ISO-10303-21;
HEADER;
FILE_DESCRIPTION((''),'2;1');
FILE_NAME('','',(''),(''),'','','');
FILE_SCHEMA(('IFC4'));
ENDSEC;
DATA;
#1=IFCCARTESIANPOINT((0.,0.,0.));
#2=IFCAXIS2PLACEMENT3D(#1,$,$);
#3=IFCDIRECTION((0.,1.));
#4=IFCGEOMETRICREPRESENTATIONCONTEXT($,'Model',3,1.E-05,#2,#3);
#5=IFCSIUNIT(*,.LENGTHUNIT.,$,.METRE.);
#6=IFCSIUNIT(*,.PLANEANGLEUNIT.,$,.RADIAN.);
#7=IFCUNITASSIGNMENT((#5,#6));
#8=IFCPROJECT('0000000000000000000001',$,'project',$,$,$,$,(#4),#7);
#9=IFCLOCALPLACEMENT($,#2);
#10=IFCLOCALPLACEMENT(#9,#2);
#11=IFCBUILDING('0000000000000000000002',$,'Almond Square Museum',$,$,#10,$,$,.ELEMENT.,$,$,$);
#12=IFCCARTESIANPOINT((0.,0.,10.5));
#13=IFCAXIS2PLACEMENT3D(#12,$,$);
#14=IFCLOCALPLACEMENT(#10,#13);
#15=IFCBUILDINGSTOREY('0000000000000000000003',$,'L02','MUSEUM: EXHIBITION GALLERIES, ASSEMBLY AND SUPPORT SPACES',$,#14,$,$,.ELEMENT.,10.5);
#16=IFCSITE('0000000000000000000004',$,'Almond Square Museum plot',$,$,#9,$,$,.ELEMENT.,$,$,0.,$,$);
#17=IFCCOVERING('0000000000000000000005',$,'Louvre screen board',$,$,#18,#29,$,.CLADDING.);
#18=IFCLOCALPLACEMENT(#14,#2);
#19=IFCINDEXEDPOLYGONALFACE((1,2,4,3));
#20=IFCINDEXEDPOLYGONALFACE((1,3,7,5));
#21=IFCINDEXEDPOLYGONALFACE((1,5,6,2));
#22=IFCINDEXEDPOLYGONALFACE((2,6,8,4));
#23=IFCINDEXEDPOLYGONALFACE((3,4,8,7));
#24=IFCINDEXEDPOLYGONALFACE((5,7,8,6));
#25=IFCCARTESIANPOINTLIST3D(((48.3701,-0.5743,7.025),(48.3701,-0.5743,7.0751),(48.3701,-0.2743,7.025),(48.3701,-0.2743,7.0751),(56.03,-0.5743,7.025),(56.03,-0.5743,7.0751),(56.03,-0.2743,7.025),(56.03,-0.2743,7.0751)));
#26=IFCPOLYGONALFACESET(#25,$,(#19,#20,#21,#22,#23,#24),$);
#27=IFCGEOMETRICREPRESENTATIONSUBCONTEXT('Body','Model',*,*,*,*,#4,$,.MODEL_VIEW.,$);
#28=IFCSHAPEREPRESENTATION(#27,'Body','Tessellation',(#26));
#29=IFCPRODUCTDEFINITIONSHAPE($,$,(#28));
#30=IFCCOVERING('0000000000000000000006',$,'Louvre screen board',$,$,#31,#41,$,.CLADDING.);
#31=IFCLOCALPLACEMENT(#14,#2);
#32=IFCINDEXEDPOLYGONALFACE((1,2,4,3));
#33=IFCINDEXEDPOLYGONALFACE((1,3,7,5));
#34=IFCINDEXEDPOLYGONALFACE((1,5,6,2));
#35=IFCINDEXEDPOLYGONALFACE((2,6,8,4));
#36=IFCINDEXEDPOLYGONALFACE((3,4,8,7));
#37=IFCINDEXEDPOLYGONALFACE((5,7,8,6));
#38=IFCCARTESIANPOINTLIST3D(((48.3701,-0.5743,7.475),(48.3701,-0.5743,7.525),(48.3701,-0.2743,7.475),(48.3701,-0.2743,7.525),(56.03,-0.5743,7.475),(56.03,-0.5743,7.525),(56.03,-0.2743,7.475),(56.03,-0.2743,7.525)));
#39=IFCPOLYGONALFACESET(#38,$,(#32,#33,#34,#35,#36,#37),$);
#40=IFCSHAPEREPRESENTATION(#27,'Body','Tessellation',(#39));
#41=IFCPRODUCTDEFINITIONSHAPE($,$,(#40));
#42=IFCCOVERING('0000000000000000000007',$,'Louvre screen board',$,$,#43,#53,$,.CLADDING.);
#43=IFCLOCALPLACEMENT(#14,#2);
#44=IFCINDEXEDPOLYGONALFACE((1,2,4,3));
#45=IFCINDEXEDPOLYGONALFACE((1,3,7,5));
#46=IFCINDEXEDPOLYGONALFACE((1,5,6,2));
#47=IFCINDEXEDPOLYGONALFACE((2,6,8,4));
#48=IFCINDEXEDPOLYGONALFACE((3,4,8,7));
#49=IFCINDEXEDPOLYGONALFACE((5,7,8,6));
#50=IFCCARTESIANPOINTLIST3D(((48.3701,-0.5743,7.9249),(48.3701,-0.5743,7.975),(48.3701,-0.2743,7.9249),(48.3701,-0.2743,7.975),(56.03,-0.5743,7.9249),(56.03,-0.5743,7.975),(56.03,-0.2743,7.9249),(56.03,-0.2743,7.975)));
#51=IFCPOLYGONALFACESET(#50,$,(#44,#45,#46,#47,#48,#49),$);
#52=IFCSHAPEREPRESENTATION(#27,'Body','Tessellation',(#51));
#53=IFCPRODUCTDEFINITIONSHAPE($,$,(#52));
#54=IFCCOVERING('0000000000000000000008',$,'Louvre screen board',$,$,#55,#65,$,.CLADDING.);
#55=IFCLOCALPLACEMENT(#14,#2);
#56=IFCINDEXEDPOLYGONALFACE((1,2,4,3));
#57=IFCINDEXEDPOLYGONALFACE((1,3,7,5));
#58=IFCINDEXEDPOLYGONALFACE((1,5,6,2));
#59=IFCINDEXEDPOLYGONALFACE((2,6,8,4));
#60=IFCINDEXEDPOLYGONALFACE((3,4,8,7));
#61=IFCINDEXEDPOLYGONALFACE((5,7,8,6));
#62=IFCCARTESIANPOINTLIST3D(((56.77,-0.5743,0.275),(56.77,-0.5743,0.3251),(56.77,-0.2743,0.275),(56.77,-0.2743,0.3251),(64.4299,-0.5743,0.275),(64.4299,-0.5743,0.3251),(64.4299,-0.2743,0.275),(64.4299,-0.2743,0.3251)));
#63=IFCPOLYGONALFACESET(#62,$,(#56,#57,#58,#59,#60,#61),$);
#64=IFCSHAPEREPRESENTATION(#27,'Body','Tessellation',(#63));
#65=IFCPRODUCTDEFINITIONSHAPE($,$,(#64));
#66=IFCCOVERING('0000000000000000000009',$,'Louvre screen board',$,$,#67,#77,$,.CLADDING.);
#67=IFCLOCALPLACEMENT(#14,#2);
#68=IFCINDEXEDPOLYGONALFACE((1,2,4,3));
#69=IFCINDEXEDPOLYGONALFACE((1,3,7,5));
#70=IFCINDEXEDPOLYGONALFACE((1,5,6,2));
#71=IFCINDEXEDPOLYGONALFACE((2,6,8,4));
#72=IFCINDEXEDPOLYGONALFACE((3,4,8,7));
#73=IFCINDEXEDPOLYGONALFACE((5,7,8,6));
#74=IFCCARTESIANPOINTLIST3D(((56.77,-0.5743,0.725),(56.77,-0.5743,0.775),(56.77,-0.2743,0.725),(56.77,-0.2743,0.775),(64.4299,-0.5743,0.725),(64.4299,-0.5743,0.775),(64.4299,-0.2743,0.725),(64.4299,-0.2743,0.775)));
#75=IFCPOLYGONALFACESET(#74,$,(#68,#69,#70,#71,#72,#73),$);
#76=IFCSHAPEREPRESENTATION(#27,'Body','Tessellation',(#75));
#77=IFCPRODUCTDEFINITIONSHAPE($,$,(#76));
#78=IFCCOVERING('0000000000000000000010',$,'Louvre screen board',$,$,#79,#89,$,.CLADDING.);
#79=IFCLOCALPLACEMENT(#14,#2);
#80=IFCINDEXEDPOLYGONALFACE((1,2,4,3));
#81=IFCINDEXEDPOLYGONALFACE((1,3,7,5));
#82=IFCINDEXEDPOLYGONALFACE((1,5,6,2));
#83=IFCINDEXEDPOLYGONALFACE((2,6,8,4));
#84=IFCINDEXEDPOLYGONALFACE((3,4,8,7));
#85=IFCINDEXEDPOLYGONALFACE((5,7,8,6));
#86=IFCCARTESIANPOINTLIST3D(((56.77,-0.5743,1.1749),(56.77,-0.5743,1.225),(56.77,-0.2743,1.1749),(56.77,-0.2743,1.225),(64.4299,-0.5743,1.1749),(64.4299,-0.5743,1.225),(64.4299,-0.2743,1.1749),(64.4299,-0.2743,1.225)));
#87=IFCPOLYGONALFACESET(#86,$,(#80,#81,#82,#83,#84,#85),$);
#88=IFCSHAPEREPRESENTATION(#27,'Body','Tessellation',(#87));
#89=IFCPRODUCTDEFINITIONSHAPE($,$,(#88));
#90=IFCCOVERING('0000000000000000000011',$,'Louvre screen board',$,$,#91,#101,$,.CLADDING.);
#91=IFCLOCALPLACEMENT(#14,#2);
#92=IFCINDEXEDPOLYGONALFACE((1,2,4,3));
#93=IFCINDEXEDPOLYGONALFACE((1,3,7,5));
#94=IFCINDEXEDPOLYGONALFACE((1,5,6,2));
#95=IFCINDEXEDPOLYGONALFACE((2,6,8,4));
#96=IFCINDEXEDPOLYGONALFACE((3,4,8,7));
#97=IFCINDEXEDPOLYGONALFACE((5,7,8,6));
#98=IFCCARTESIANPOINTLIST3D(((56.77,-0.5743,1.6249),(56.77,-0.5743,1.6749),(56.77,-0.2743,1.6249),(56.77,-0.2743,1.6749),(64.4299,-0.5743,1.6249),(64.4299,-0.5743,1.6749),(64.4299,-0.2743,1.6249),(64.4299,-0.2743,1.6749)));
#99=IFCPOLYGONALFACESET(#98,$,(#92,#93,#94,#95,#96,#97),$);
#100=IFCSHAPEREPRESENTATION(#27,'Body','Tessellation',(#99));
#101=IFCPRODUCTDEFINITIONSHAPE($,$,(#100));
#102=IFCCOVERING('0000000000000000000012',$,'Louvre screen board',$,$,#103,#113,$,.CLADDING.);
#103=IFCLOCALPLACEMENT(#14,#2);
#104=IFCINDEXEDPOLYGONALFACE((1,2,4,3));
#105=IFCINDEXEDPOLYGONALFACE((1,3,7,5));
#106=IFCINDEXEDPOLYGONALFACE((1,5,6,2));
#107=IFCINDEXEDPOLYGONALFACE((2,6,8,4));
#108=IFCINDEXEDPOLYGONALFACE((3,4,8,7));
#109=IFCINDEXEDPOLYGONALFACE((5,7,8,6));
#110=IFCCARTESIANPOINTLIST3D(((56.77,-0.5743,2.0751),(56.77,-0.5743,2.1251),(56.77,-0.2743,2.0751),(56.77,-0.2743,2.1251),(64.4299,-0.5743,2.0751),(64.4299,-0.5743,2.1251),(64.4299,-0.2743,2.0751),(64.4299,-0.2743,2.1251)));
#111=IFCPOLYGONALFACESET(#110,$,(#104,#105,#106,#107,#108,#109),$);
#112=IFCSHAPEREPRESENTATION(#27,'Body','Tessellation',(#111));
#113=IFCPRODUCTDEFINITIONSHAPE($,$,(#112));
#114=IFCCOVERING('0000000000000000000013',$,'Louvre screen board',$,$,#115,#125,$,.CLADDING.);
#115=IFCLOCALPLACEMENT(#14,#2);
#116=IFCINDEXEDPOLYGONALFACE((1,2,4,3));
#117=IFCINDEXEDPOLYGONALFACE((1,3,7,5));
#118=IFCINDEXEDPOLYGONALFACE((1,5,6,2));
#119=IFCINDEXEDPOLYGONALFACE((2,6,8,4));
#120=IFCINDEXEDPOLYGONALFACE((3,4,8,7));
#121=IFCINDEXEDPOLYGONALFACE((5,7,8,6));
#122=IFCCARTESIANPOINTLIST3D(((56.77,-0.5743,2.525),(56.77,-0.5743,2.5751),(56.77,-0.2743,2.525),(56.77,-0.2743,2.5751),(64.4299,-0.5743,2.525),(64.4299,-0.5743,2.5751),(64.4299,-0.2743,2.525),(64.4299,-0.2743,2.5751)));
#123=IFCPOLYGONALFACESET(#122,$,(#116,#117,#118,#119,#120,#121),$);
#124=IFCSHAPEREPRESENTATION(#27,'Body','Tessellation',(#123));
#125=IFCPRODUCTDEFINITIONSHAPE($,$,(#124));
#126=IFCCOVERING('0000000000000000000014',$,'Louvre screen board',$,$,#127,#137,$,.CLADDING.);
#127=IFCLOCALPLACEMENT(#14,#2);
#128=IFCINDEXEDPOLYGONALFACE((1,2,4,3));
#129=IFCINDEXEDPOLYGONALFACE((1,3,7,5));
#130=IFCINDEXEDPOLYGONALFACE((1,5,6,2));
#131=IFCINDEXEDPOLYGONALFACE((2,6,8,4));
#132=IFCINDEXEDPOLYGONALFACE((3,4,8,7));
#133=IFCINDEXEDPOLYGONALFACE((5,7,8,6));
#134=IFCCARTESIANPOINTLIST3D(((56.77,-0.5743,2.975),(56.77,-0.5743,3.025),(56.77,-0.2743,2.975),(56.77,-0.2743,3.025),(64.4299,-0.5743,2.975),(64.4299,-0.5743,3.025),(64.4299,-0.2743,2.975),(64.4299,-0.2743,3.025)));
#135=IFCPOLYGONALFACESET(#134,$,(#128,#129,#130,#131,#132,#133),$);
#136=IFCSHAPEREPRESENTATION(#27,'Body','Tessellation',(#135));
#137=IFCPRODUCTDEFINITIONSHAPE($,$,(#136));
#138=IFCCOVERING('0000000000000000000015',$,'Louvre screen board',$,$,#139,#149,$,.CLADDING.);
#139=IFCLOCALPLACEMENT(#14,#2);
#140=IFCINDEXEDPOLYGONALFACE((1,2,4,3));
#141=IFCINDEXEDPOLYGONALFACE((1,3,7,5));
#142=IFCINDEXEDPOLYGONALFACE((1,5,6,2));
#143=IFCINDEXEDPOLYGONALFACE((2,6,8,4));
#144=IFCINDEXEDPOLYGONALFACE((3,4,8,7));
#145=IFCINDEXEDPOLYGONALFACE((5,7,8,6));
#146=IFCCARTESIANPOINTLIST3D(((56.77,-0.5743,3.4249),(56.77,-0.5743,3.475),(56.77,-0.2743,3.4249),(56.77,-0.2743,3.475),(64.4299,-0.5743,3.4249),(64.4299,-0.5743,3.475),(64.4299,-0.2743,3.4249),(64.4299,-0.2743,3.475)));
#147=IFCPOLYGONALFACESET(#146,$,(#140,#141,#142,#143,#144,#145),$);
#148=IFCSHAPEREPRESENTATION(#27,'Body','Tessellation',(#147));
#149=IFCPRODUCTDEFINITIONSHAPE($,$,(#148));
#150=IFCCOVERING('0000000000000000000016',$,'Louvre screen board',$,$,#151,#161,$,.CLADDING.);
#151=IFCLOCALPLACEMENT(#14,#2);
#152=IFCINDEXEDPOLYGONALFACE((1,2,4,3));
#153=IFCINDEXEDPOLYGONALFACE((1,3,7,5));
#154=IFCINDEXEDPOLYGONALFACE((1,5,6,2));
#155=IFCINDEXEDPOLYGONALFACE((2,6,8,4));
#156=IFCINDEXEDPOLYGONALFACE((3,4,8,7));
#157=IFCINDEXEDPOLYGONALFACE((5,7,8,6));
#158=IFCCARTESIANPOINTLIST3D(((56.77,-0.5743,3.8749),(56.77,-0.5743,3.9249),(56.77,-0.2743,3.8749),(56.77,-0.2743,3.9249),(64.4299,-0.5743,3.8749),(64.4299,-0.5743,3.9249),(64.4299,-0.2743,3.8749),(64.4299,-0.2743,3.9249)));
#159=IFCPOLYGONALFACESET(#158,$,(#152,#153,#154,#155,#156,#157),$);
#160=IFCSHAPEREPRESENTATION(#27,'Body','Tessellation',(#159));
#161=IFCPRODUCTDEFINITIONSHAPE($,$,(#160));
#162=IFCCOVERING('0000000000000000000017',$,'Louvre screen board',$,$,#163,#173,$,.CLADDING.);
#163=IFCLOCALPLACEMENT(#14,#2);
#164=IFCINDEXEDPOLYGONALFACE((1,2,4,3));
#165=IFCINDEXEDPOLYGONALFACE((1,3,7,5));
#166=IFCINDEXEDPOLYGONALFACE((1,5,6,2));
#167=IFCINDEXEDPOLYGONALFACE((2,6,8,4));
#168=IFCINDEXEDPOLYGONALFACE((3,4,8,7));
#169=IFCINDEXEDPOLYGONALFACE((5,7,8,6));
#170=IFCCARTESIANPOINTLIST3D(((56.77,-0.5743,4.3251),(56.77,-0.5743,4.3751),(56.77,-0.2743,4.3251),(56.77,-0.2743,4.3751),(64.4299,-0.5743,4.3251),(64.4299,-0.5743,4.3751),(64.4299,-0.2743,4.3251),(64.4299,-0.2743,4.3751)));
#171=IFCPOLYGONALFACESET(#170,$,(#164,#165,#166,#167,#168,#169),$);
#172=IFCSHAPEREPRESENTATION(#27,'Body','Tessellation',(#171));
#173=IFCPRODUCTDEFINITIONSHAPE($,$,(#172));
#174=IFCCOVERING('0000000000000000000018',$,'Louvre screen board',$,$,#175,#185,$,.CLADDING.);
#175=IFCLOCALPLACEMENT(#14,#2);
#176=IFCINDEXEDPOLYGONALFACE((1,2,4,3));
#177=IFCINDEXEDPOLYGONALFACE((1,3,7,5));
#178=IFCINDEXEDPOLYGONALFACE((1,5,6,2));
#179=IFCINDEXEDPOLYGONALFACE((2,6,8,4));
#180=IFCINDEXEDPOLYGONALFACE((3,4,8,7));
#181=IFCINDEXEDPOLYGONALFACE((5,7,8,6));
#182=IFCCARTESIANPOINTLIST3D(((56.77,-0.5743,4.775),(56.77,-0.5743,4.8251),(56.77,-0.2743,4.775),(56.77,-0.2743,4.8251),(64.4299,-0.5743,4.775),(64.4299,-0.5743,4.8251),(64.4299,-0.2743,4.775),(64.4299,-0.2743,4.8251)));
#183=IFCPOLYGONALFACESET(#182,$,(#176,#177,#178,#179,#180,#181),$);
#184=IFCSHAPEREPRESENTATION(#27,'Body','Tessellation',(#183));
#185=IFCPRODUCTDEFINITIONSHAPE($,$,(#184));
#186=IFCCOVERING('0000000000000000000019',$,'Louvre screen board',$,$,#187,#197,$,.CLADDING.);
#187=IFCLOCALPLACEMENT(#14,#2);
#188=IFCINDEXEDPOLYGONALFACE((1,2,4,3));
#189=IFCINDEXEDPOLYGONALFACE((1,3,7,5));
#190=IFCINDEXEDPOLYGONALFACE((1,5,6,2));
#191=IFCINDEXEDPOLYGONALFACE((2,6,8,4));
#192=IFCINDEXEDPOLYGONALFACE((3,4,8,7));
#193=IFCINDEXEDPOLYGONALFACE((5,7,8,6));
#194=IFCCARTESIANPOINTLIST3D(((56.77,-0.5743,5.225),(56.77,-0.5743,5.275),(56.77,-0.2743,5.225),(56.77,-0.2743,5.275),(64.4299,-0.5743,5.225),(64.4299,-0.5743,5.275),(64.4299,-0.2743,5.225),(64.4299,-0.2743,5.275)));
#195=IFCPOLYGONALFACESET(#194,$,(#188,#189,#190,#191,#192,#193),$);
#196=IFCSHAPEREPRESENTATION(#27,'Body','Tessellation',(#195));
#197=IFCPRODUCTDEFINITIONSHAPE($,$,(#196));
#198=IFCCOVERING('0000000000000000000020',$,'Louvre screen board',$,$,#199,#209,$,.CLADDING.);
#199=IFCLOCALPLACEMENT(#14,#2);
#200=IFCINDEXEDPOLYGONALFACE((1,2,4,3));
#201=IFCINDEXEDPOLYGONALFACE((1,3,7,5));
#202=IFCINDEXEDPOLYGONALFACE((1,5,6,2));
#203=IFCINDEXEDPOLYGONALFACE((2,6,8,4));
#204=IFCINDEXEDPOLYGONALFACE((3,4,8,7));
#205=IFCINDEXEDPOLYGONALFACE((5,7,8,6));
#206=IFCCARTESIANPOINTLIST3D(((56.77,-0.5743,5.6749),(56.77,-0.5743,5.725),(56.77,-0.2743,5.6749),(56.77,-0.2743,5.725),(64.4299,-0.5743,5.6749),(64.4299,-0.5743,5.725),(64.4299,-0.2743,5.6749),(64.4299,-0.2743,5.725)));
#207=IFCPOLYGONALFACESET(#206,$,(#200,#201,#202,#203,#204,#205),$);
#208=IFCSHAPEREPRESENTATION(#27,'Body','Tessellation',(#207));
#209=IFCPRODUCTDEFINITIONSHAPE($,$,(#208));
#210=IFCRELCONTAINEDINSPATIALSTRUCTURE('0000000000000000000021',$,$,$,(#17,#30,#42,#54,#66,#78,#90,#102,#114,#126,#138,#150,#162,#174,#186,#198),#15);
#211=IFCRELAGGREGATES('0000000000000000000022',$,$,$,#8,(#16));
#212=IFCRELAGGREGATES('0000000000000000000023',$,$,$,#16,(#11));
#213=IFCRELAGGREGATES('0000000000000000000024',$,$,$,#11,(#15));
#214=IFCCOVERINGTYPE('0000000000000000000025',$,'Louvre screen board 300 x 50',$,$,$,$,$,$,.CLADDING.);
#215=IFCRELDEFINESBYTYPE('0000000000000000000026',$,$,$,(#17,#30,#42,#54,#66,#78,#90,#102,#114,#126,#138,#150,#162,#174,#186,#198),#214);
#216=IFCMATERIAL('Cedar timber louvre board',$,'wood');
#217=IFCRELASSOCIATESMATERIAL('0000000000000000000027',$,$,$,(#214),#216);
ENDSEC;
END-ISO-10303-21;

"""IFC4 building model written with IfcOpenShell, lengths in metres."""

from ifc_helpers import new_model, si_unit, direction, frame, origin, origin_2d, place, context, subcontext, project, spatial, rectangle, extrude, material, material_profile, profile_set, type_object, element, save


model = new_model("IFC4")

# Units and contexts
model_context = context("Model", 3, precision=1e-05, world=origin(), true_north=direction((0.0, 1.0)))
body_context = subcontext(model_context, "Body", "Model", "MODEL_VIEW")
ifc_project = project(units=[si_unit("LENGTHUNIT", "METRE"), si_unit("PLANEANGLEUNIT", "RADIAN")], contexts=[model_context])

# Site, building, storey
site_placement = place(None, origin())
site = spatial("IfcSite", under=ifc_project, at=site_placement, Name="Almond Square Museum plot", CompositionType="ELEMENT", RefElevation=0.0)
building_placement = place(site_placement, origin())
building = spatial("IfcBuilding", under=site, at=building_placement, Name="Almond Square Museum", CompositionType="ELEMENT")
storey_placement = place(building_placement, frame((0.0, 0.0, 10.5)))
storey = spatial("IfcBuildingStorey", under=building, at=storey_placement, Name="L02", Description="MUSEUM: EXHIBITION GALLERIES, ASSEMBLY AND SUPPORT SPACES", CompositionType="ELEMENT", Elevation=10.5)

# Coverings
ifc_material = material(Name="Cedar timber louvre board", Category="wood")
ifc_material_profile = material_profile(ifc_material, rectangle(XDim=0.3, YDim=0.05, at=origin_2d()))
ifc_profile_set = profile_set([ifc_material_profile], Name="Cedar timber louvre board")
covering_type = type_object("IfcCoveringType", Name="Louvre screen board 300 x 50", PredefinedType="CLADDING", material=ifc_profile_set)
for number, where, z_axis, x_axis, name in (
    (1, (48.3701, -0.4243, 7.05), (1.0, 0.0, 0.0), (0.0, 1.0, 0.0), "Louvre screen board"),
    (2, (48.3701, -0.4243, 7.5), (1.0, 0.0, 0.0), (0.0, 1.0, 0.0), "Louvre screen board"),
    (3, (48.3701, -0.4243, 7.95), (1.0, 0.0, 0.0), (0.0, 1.0, 0.0), "Louvre screen board"),
    (4, (56.77, -0.4243, 0.3), (1.0, 0.0, 0.0), (0.0, 1.0, 0.0), "Louvre screen board"),
    (5, (56.77, -0.4243, 0.75), (1.0, 0.0, 0.0), (0.0, 1.0, 0.0), "Louvre screen board"),
    (6, (56.77, -0.4243, 1.2), (1.0, 0.0, 0.0), (0.0, 1.0, 0.0), "Louvre screen board"),
    (7, (56.77, -0.4243, 1.6499), (1.0, 0.0, 0.0), (0.0, 1.0, 0.0), "Louvre screen board"),
    (8, (56.77, -0.4243, 2.1001), (1.0, 0.0, 0.0), (0.0, 1.0, 0.0), "Louvre screen board"),
    (9, (56.77, -0.4243, 2.55), (1.0, 0.0, 0.0), (0.0, 1.0, 0.0), "Louvre screen board"),
    (10, (56.77, -0.4243, 3.0), (1.0, 0.0, 0.0), (0.0, 1.0, 0.0), "Louvre screen board"),
    (11, (56.77, -0.4243, 3.45), (1.0, 0.0, 0.0), (0.0, 1.0, 0.0), "Louvre screen board"),
    (12, (56.77, -0.4243, 3.8999), (1.0, 0.0, 0.0), (0.0, 1.0, 0.0), "Louvre screen board"),
    (13, (56.77, -0.4243, 4.3501), (1.0, 0.0, 0.0), (0.0, 1.0, 0.0), "Louvre screen board"),
    (14, (56.77, -0.4243, 4.8), (1.0, 0.0, 0.0), (0.0, 1.0, 0.0), "Louvre screen board"),
    (15, (56.77, -0.4243, 5.25), (1.0, 0.0, 0.0), (0.0, 1.0, 0.0), "Louvre screen board"),
    (16, (56.77, -0.4243, 5.7), (1.0, 0.0, 0.0), (0.0, 1.0, 0.0), "Louvre screen board"),
):
    element("IfcCovering", number, at=place(storey_placement, frame(where, z_axis=z_axis, x_axis=x_axis)), inside=storey, type_object=covering_type, Name=name, PredefinedType="CLADDING", context=body_context, shape_type="SweptSolid", body=[
        extrude(rectangle(XDim=0.3, YDim=0.05, at=origin_2d()), origin(), (0.0, 0.0, 1.0), 7.6599),
    ])

save(model, "model.ifc")
